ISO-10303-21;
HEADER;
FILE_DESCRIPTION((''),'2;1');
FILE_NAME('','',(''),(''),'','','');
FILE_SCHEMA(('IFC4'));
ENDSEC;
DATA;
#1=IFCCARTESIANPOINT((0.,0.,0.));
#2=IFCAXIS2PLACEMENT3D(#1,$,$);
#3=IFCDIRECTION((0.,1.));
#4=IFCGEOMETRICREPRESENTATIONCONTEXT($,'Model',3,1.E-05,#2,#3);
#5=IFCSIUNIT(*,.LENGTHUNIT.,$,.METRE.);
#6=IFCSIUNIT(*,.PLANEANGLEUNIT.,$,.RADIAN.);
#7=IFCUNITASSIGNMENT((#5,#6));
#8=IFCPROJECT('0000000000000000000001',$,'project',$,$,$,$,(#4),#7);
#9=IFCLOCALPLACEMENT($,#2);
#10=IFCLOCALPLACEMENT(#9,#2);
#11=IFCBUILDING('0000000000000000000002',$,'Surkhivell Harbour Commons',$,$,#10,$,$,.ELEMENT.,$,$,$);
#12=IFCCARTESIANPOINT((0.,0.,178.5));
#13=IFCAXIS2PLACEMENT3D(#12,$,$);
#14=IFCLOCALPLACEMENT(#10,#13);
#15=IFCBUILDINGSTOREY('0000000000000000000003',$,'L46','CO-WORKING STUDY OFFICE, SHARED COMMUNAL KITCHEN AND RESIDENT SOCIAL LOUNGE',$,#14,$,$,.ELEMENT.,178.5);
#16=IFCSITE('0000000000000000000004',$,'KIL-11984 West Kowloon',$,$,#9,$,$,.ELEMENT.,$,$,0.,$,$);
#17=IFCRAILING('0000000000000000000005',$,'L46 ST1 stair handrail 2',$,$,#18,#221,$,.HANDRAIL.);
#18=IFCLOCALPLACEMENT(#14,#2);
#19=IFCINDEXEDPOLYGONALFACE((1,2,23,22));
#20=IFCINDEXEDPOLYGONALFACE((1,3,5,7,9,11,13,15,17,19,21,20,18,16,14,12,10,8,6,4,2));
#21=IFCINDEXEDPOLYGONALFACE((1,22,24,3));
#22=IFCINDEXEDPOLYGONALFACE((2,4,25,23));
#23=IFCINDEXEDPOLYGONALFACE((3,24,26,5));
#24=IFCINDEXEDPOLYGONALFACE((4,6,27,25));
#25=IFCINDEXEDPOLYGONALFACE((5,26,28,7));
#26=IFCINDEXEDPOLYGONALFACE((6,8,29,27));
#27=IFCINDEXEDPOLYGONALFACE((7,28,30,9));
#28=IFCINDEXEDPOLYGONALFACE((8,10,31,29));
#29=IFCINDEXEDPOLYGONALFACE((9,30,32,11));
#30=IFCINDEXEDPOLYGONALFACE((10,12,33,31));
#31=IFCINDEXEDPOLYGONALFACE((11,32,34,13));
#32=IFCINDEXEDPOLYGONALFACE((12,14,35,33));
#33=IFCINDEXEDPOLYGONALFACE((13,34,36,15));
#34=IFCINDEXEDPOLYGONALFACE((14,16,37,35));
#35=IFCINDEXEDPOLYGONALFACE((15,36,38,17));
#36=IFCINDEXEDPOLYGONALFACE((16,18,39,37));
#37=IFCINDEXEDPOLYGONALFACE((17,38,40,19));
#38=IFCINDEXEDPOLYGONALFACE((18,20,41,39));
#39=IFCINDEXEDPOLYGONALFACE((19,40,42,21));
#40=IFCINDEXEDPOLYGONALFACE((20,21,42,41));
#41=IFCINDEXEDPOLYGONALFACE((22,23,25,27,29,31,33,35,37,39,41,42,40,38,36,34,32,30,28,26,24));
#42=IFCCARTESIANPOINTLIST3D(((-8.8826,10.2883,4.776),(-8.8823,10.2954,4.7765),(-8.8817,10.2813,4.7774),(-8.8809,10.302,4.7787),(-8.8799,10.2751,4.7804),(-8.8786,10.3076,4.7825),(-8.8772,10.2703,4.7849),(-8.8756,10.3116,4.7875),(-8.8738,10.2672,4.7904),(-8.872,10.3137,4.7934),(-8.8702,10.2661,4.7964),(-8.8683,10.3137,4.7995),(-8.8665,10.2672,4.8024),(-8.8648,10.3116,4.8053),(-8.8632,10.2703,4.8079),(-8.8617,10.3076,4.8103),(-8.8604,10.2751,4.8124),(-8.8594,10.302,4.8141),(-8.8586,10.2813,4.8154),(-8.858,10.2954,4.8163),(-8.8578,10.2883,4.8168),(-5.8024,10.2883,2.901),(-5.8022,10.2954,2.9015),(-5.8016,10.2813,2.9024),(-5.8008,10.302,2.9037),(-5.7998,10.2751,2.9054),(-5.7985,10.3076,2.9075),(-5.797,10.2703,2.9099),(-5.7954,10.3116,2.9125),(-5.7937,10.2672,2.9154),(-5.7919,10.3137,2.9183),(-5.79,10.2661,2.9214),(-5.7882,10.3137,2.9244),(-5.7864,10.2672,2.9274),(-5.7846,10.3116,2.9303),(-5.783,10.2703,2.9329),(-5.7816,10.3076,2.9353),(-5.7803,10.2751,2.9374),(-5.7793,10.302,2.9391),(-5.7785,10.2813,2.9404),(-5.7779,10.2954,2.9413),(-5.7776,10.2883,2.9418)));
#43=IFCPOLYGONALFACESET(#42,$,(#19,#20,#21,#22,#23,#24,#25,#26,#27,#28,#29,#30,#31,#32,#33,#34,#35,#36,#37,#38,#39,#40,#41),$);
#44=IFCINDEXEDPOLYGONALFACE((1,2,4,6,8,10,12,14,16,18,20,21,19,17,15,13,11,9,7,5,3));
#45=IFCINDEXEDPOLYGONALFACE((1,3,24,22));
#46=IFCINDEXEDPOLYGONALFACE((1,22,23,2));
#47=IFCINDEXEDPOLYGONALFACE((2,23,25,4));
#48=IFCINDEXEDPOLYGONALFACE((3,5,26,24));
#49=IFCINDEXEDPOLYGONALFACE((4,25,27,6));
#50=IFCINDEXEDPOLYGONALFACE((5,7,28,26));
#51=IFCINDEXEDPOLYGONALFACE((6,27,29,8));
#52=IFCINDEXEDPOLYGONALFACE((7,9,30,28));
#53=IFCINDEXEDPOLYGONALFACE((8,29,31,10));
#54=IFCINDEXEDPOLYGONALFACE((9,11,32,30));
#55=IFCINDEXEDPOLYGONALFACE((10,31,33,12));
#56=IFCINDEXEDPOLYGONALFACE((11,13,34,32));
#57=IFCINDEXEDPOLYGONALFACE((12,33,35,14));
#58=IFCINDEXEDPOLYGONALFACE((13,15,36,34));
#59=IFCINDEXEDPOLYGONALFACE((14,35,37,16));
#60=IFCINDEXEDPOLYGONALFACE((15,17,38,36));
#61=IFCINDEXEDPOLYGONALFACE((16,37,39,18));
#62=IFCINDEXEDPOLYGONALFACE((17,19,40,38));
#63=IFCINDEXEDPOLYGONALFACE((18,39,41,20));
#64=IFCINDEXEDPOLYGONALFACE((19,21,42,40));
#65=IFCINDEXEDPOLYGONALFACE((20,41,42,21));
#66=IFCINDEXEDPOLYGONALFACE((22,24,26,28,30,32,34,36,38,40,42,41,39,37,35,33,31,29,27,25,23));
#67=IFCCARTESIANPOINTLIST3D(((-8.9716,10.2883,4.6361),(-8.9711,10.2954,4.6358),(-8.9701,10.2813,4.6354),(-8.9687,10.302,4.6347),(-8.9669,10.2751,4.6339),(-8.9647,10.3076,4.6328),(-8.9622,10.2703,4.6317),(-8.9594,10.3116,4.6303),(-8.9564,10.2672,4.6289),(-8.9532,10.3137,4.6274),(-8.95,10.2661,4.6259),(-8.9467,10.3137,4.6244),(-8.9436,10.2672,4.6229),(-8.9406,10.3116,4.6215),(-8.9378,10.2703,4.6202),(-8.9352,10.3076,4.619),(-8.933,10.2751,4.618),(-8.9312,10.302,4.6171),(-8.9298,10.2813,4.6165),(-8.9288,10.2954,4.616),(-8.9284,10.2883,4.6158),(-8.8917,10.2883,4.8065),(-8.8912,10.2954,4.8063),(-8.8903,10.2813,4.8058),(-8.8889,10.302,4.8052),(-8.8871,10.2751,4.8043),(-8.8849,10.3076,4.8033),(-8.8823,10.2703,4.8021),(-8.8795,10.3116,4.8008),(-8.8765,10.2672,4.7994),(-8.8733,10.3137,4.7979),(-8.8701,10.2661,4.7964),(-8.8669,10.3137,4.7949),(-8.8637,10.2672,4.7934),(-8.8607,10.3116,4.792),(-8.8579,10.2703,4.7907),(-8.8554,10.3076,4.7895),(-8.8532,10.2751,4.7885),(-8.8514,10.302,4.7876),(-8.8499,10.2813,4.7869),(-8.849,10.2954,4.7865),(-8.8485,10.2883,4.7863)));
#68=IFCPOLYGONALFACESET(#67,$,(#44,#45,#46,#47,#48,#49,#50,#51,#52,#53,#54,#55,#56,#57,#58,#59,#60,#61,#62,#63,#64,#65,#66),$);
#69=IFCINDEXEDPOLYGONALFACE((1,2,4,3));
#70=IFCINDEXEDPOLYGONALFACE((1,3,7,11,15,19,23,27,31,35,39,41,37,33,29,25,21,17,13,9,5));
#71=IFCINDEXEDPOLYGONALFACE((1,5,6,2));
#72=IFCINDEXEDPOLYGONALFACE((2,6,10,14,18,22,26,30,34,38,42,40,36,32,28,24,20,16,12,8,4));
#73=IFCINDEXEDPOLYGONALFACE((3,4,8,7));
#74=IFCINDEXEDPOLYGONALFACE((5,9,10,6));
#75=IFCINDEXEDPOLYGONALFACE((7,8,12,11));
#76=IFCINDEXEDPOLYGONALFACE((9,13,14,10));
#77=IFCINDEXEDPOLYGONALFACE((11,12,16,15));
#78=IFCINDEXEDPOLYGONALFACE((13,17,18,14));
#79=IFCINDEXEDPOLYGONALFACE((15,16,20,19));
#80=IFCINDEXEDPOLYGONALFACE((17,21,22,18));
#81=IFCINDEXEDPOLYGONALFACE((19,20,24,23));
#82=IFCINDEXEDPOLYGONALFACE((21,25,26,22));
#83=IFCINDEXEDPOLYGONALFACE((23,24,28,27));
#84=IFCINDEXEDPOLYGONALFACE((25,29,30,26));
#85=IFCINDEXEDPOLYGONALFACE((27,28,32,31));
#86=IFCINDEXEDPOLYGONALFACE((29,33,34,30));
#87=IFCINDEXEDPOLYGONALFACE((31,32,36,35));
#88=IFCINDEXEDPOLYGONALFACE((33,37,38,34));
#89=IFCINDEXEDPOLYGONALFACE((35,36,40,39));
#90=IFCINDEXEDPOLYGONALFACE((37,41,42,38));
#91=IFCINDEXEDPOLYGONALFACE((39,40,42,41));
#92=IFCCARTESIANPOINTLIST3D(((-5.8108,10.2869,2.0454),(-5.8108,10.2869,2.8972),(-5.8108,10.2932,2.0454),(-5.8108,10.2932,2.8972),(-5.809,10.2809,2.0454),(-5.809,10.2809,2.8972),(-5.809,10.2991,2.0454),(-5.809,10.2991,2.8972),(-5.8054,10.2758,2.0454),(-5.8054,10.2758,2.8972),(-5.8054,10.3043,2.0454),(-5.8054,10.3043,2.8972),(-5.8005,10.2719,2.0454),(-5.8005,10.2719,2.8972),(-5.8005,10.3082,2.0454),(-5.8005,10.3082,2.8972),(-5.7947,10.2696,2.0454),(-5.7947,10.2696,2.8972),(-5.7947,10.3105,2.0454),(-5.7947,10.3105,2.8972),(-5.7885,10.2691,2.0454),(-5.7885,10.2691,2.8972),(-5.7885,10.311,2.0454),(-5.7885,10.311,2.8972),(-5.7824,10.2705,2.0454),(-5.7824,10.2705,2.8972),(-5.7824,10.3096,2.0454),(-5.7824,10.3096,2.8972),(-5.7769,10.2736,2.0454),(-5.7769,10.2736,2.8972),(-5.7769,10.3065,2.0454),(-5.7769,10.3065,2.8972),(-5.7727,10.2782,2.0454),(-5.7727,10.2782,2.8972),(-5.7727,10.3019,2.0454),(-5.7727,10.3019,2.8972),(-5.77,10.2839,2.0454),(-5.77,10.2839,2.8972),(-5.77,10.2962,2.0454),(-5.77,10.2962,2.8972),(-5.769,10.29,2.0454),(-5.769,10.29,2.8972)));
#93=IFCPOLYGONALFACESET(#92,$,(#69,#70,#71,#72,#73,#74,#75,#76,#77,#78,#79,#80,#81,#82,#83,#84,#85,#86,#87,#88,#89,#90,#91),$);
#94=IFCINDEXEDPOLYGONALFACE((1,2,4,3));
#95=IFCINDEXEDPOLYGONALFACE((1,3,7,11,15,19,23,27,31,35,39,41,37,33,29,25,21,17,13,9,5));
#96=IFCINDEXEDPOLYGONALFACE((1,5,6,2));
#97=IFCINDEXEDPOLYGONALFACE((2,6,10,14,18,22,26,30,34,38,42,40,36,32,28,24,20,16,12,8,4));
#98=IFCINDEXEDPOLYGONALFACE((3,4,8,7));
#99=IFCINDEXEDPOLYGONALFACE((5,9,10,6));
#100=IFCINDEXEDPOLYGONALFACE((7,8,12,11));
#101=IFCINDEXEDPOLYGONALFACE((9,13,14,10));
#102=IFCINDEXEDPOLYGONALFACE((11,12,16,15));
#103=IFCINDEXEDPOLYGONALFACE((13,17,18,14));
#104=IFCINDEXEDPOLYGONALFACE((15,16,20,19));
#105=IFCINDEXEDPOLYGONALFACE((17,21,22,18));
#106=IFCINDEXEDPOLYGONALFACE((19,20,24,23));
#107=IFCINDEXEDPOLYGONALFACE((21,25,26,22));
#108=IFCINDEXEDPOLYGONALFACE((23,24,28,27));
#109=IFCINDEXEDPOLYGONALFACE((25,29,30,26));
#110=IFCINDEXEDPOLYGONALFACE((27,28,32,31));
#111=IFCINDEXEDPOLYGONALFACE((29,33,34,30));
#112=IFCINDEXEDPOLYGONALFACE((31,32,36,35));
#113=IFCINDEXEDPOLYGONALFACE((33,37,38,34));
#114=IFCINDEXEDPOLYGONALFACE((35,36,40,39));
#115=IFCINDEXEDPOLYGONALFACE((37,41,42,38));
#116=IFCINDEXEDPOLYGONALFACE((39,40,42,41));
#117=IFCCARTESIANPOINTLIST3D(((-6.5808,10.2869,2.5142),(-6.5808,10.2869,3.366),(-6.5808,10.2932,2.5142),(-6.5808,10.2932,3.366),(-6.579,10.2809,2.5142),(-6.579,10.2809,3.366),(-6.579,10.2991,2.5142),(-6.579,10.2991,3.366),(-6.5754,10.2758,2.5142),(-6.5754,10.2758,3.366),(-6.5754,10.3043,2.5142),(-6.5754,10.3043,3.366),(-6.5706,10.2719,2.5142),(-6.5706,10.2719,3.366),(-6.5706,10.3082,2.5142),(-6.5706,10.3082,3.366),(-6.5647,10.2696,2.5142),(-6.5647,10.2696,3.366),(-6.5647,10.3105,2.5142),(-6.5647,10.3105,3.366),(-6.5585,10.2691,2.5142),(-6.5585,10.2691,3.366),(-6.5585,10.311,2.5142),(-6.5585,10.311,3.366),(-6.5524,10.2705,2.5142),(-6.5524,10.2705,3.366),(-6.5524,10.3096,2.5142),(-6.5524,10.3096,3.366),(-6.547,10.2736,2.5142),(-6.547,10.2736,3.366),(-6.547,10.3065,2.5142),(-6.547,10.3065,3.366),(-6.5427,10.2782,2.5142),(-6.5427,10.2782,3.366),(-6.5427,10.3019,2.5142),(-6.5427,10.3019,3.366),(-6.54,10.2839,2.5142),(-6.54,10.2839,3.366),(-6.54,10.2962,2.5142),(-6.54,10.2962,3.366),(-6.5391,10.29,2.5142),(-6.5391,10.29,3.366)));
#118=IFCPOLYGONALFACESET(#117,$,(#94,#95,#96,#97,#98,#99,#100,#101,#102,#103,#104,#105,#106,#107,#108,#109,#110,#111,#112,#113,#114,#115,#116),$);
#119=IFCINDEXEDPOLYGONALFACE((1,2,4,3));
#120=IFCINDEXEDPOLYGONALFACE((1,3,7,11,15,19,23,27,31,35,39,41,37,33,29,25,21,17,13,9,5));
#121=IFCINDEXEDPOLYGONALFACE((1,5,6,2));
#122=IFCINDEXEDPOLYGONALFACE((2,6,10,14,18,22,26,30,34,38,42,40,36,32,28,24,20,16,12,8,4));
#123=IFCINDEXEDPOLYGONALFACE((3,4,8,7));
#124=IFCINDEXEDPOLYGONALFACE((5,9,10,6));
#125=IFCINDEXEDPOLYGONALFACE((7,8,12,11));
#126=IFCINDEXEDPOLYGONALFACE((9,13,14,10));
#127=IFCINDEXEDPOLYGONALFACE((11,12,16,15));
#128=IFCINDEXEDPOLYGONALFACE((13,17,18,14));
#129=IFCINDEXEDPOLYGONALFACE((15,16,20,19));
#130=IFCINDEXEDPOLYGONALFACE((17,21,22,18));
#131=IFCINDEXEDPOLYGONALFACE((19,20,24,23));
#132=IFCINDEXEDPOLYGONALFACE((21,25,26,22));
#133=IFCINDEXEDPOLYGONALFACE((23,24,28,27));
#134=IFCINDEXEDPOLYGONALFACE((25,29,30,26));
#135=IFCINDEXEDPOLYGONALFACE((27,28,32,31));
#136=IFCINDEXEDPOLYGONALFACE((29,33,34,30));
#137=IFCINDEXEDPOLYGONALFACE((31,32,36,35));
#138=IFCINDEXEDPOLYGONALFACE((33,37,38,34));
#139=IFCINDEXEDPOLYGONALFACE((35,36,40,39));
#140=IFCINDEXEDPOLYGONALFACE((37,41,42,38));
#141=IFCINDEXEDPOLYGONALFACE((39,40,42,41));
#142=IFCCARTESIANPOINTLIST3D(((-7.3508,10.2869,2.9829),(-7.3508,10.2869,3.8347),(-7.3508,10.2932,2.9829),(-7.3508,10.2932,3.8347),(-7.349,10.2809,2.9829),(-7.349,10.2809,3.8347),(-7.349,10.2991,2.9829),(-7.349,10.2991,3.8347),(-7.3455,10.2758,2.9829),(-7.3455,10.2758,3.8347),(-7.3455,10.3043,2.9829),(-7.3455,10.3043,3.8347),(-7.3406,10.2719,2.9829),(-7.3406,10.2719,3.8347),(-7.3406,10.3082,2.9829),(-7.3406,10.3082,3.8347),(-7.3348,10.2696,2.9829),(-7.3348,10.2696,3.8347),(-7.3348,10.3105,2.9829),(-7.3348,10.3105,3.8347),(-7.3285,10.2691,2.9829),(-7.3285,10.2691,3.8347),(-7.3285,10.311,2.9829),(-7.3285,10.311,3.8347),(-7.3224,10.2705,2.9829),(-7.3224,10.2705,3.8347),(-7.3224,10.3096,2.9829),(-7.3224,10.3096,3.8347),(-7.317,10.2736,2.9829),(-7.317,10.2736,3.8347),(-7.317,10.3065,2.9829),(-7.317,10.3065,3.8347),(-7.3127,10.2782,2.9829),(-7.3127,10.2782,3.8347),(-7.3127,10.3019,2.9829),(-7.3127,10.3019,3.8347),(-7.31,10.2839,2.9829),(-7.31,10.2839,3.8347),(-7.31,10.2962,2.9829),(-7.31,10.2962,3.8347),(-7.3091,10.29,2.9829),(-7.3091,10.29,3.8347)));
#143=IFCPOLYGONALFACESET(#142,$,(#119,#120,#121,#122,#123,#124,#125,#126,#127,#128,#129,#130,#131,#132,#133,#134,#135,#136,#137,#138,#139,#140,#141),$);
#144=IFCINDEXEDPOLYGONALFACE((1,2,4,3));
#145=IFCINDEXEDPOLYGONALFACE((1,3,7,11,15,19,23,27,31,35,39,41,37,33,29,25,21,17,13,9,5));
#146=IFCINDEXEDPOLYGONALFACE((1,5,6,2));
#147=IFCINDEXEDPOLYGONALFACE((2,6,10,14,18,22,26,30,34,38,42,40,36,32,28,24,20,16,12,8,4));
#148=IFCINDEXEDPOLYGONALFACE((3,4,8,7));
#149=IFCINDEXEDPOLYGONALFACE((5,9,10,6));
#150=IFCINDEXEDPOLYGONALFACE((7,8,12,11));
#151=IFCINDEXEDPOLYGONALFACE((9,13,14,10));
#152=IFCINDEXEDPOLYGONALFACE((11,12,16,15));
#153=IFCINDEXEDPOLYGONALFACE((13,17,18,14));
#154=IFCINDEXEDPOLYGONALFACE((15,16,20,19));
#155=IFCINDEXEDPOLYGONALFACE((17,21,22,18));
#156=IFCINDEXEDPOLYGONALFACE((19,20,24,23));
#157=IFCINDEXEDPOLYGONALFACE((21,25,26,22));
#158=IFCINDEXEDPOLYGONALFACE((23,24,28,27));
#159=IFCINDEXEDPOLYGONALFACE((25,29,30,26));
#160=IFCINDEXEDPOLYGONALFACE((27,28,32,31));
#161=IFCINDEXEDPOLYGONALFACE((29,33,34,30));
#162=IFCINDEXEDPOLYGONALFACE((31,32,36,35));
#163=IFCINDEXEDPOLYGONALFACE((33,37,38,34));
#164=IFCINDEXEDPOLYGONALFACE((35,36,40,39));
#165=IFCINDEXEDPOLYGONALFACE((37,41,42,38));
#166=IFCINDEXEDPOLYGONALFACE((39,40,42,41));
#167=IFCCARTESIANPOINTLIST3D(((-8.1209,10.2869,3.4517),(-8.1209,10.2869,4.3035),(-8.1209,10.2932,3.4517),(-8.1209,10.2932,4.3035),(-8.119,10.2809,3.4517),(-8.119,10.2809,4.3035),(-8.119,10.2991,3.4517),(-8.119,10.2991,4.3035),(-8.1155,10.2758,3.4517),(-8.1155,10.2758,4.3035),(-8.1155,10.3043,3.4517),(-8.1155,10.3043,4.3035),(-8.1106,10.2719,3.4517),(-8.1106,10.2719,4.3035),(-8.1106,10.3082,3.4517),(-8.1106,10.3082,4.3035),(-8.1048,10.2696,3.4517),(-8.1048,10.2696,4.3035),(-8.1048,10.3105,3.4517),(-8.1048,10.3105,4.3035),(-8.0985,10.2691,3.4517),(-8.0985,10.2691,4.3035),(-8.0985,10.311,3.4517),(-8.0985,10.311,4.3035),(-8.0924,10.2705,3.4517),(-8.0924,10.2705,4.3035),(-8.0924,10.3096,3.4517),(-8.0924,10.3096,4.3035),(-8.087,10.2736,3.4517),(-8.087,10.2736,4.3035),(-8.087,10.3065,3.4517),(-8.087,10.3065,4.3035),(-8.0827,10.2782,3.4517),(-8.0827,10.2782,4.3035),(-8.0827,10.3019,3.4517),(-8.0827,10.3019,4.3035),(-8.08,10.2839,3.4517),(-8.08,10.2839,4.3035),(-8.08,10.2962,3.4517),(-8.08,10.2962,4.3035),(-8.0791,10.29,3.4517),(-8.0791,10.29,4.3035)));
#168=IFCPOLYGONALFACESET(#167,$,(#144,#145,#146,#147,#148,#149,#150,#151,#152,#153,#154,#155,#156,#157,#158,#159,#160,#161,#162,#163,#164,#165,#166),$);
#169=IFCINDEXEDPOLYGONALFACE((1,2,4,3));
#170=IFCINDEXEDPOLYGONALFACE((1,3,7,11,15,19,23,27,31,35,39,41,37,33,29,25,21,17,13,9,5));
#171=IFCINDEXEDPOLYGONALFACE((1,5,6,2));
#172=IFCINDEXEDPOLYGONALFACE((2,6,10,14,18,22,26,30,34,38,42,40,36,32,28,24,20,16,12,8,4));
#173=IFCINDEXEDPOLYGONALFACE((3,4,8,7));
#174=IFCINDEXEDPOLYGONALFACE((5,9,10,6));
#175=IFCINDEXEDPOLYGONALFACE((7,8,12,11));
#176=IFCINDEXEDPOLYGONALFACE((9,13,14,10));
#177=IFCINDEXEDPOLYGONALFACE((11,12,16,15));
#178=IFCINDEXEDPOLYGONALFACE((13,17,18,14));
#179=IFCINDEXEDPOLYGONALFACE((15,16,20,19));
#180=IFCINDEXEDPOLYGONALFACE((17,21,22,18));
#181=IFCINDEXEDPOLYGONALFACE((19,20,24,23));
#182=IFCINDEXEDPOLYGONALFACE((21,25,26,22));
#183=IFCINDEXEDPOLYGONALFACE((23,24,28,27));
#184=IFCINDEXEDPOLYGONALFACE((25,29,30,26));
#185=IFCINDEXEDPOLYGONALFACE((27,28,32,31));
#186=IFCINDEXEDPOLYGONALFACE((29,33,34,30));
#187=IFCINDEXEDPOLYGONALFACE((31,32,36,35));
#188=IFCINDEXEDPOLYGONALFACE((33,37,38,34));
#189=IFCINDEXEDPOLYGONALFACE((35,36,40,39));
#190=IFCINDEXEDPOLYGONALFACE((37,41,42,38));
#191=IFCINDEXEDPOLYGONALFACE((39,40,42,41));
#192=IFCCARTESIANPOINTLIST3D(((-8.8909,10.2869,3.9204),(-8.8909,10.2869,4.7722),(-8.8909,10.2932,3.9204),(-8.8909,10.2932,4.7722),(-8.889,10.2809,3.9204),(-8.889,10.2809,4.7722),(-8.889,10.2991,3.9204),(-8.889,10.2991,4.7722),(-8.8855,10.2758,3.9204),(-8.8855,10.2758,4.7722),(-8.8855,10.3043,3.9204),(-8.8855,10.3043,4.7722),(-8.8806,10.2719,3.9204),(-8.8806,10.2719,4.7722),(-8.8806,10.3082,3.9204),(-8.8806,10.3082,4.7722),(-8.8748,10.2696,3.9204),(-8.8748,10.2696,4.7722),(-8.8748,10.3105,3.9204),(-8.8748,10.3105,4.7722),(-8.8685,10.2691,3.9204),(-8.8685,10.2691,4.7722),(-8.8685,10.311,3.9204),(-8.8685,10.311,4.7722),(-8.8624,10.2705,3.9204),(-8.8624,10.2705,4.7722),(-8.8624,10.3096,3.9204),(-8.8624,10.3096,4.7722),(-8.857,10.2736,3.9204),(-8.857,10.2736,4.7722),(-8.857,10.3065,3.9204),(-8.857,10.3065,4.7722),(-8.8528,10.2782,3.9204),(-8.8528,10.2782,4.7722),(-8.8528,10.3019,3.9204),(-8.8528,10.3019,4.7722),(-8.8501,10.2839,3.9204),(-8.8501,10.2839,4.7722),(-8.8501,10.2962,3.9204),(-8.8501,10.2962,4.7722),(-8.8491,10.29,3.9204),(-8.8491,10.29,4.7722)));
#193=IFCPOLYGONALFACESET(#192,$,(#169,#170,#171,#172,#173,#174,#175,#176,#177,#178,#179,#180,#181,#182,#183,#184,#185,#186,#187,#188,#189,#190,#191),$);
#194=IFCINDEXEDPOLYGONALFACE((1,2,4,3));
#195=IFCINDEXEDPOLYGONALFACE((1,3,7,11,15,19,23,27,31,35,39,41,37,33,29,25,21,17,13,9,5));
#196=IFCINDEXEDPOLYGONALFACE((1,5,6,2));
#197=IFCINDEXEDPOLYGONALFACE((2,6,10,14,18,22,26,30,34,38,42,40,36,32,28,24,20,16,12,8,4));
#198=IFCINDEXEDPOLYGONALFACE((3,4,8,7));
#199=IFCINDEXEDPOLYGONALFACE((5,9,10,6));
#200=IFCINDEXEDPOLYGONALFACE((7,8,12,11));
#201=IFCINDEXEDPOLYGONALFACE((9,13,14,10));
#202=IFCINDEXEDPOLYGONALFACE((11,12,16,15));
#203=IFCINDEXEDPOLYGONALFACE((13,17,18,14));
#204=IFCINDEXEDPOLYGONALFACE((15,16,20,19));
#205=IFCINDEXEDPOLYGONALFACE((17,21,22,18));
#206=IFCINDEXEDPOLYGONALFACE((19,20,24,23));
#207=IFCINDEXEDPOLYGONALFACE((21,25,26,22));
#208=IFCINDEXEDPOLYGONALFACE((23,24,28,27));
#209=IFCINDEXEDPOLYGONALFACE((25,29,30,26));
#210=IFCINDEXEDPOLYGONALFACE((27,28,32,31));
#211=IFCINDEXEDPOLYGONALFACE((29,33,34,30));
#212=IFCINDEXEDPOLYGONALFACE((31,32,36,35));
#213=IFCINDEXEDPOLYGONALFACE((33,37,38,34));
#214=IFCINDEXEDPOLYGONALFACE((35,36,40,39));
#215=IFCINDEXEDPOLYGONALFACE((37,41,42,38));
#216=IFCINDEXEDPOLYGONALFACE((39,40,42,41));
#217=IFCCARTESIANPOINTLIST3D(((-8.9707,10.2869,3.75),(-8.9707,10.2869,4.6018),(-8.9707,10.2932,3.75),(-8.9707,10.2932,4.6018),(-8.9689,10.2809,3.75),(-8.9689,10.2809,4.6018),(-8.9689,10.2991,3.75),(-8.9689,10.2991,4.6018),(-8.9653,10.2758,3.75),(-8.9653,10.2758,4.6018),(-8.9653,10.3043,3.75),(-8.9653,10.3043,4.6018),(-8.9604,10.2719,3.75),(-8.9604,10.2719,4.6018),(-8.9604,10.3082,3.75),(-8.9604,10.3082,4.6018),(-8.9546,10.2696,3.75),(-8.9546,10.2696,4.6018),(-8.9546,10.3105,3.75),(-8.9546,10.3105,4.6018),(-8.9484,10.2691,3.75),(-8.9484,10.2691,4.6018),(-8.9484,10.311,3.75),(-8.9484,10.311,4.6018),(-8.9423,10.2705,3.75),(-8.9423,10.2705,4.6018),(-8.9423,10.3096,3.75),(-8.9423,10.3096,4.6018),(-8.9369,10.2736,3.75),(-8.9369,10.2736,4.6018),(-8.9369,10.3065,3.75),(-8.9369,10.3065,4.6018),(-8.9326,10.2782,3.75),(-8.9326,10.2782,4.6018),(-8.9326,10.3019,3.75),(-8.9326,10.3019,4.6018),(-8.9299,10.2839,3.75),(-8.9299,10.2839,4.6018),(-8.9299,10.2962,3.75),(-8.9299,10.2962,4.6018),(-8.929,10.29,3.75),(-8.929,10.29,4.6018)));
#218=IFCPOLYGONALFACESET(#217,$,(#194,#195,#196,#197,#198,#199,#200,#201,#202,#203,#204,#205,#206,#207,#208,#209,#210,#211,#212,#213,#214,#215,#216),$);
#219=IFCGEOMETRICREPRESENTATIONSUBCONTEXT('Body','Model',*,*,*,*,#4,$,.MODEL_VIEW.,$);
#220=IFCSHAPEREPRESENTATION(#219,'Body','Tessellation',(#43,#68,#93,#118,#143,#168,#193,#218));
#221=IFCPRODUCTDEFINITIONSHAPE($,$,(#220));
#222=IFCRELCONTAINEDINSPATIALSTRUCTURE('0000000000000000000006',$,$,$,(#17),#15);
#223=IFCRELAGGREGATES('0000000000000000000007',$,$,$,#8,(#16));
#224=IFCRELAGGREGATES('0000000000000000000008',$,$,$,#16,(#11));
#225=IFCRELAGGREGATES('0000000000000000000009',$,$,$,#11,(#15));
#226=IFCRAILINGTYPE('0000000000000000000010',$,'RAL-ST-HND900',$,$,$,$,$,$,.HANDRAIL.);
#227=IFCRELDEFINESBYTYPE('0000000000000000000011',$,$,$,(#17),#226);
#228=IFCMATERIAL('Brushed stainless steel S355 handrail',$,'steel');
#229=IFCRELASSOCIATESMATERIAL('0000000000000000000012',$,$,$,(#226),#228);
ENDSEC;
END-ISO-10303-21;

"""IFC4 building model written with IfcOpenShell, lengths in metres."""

from ifc_helpers import new_model, si_unit, direction, frame, origin, origin_2d, place, context, subcontext, project, spatial, circle, extrude, material, type_object, element, save


model = new_model("IFC4")

# Units and contexts
model_context = context("Model", 3, precision=1e-05, world=origin(), true_north=direction((0.0, 1.0)))
body_context = subcontext(model_context, "Body", "Model", "MODEL_VIEW")
ifc_project = project(units=[si_unit("LENGTHUNIT", "METRE"), si_unit("PLANEANGLEUNIT", "RADIAN")], contexts=[model_context])

# Site, building, storey
site_placement = place(None, origin())
site = spatial("IfcSite", under=ifc_project, at=site_placement, Name="KIL-11984 West Kowloon", CompositionType="ELEMENT", RefElevation=0.0)
building_placement = place(site_placement, origin())
building = spatial("IfcBuilding", under=site, at=building_placement, Name="Surkhivell Harbour Commons", CompositionType="ELEMENT")
storey_placement = place(building_placement, frame((0.0, 0.0, 178.5)))
storey = spatial("IfcBuildingStorey", under=building, at=storey_placement, Name="L46", Description="CO-WORKING STUDY OFFICE, SHARED COMMUNAL KITCHEN AND RESIDENT SOCIAL LOUNGE", CompositionType="ELEMENT", Elevation=178.5)

# Railing
ifc_material_1 = material(Name="Brushed stainless steel S355 handrail", Category="steel")
railing_type_1 = type_object("IfcRailingType", Name="RAL-ST-HND900", PredefinedType="HANDRAIL", material=ifc_material_1)
railing_1_placement = place(storey_placement, frame((-5.79, 10.29, 2.0454)))
element("IfcRailing", 1, at=railing_1_placement, inside=storey, type_object=railing_type_1, Name="L46 ST1 stair handrail 2", PredefinedType="HANDRAIL", context=body_context, shape_type="SweptSolid", body=[
    extrude(circle(Radius=0.0239, at=origin_2d()), frame((0.0, 0.0, 0.876), z_axis=(-0.854178, 0.0, 0.519981), x_axis=(0.0, -1.0, 0.0)), (0.0, 0.0, 1.0), 3.606),
    extrude(circle(Radius=0.0239, at=origin_2d()), frame((-3.0801, 0.0, 2.751), z_axis=(-0.424234, 0.0, -0.905552), x_axis=(0.0, -1.0, 0.0)), (0.0, 0.0, 1.0), 0.1882),
    extrude(circle(Radius=0.021, at=origin_2d()), origin(), (0.0, 0.0, 1.0), 0.8518),
    extrude(circle(Radius=0.021, at=origin_2d()), frame((-0.77, 0.0, 0.4688)), (0.0, 0.0, 1.0), 0.8518),
    extrude(circle(Radius=0.021, at=origin_2d()), frame((-1.54, 0.0, 0.9375)), (0.0, 0.0, 1.0), 0.8518),
    extrude(circle(Radius=0.021, at=origin_2d()), frame((-2.3101, 0.0, 1.4062)), (0.0, 0.0, 1.0), 0.8518),
    extrude(circle(Radius=0.021, at=origin_2d()), frame((-3.0801, 0.0, 1.875)), (0.0, 0.0, 1.0), 0.8518),
    extrude(circle(Radius=0.021, at=origin_2d()), frame((-3.1599, 0.0, 1.7046)), (0.0, 0.0, 1.0), 0.8518),
])

save(model, "model.ifc")
